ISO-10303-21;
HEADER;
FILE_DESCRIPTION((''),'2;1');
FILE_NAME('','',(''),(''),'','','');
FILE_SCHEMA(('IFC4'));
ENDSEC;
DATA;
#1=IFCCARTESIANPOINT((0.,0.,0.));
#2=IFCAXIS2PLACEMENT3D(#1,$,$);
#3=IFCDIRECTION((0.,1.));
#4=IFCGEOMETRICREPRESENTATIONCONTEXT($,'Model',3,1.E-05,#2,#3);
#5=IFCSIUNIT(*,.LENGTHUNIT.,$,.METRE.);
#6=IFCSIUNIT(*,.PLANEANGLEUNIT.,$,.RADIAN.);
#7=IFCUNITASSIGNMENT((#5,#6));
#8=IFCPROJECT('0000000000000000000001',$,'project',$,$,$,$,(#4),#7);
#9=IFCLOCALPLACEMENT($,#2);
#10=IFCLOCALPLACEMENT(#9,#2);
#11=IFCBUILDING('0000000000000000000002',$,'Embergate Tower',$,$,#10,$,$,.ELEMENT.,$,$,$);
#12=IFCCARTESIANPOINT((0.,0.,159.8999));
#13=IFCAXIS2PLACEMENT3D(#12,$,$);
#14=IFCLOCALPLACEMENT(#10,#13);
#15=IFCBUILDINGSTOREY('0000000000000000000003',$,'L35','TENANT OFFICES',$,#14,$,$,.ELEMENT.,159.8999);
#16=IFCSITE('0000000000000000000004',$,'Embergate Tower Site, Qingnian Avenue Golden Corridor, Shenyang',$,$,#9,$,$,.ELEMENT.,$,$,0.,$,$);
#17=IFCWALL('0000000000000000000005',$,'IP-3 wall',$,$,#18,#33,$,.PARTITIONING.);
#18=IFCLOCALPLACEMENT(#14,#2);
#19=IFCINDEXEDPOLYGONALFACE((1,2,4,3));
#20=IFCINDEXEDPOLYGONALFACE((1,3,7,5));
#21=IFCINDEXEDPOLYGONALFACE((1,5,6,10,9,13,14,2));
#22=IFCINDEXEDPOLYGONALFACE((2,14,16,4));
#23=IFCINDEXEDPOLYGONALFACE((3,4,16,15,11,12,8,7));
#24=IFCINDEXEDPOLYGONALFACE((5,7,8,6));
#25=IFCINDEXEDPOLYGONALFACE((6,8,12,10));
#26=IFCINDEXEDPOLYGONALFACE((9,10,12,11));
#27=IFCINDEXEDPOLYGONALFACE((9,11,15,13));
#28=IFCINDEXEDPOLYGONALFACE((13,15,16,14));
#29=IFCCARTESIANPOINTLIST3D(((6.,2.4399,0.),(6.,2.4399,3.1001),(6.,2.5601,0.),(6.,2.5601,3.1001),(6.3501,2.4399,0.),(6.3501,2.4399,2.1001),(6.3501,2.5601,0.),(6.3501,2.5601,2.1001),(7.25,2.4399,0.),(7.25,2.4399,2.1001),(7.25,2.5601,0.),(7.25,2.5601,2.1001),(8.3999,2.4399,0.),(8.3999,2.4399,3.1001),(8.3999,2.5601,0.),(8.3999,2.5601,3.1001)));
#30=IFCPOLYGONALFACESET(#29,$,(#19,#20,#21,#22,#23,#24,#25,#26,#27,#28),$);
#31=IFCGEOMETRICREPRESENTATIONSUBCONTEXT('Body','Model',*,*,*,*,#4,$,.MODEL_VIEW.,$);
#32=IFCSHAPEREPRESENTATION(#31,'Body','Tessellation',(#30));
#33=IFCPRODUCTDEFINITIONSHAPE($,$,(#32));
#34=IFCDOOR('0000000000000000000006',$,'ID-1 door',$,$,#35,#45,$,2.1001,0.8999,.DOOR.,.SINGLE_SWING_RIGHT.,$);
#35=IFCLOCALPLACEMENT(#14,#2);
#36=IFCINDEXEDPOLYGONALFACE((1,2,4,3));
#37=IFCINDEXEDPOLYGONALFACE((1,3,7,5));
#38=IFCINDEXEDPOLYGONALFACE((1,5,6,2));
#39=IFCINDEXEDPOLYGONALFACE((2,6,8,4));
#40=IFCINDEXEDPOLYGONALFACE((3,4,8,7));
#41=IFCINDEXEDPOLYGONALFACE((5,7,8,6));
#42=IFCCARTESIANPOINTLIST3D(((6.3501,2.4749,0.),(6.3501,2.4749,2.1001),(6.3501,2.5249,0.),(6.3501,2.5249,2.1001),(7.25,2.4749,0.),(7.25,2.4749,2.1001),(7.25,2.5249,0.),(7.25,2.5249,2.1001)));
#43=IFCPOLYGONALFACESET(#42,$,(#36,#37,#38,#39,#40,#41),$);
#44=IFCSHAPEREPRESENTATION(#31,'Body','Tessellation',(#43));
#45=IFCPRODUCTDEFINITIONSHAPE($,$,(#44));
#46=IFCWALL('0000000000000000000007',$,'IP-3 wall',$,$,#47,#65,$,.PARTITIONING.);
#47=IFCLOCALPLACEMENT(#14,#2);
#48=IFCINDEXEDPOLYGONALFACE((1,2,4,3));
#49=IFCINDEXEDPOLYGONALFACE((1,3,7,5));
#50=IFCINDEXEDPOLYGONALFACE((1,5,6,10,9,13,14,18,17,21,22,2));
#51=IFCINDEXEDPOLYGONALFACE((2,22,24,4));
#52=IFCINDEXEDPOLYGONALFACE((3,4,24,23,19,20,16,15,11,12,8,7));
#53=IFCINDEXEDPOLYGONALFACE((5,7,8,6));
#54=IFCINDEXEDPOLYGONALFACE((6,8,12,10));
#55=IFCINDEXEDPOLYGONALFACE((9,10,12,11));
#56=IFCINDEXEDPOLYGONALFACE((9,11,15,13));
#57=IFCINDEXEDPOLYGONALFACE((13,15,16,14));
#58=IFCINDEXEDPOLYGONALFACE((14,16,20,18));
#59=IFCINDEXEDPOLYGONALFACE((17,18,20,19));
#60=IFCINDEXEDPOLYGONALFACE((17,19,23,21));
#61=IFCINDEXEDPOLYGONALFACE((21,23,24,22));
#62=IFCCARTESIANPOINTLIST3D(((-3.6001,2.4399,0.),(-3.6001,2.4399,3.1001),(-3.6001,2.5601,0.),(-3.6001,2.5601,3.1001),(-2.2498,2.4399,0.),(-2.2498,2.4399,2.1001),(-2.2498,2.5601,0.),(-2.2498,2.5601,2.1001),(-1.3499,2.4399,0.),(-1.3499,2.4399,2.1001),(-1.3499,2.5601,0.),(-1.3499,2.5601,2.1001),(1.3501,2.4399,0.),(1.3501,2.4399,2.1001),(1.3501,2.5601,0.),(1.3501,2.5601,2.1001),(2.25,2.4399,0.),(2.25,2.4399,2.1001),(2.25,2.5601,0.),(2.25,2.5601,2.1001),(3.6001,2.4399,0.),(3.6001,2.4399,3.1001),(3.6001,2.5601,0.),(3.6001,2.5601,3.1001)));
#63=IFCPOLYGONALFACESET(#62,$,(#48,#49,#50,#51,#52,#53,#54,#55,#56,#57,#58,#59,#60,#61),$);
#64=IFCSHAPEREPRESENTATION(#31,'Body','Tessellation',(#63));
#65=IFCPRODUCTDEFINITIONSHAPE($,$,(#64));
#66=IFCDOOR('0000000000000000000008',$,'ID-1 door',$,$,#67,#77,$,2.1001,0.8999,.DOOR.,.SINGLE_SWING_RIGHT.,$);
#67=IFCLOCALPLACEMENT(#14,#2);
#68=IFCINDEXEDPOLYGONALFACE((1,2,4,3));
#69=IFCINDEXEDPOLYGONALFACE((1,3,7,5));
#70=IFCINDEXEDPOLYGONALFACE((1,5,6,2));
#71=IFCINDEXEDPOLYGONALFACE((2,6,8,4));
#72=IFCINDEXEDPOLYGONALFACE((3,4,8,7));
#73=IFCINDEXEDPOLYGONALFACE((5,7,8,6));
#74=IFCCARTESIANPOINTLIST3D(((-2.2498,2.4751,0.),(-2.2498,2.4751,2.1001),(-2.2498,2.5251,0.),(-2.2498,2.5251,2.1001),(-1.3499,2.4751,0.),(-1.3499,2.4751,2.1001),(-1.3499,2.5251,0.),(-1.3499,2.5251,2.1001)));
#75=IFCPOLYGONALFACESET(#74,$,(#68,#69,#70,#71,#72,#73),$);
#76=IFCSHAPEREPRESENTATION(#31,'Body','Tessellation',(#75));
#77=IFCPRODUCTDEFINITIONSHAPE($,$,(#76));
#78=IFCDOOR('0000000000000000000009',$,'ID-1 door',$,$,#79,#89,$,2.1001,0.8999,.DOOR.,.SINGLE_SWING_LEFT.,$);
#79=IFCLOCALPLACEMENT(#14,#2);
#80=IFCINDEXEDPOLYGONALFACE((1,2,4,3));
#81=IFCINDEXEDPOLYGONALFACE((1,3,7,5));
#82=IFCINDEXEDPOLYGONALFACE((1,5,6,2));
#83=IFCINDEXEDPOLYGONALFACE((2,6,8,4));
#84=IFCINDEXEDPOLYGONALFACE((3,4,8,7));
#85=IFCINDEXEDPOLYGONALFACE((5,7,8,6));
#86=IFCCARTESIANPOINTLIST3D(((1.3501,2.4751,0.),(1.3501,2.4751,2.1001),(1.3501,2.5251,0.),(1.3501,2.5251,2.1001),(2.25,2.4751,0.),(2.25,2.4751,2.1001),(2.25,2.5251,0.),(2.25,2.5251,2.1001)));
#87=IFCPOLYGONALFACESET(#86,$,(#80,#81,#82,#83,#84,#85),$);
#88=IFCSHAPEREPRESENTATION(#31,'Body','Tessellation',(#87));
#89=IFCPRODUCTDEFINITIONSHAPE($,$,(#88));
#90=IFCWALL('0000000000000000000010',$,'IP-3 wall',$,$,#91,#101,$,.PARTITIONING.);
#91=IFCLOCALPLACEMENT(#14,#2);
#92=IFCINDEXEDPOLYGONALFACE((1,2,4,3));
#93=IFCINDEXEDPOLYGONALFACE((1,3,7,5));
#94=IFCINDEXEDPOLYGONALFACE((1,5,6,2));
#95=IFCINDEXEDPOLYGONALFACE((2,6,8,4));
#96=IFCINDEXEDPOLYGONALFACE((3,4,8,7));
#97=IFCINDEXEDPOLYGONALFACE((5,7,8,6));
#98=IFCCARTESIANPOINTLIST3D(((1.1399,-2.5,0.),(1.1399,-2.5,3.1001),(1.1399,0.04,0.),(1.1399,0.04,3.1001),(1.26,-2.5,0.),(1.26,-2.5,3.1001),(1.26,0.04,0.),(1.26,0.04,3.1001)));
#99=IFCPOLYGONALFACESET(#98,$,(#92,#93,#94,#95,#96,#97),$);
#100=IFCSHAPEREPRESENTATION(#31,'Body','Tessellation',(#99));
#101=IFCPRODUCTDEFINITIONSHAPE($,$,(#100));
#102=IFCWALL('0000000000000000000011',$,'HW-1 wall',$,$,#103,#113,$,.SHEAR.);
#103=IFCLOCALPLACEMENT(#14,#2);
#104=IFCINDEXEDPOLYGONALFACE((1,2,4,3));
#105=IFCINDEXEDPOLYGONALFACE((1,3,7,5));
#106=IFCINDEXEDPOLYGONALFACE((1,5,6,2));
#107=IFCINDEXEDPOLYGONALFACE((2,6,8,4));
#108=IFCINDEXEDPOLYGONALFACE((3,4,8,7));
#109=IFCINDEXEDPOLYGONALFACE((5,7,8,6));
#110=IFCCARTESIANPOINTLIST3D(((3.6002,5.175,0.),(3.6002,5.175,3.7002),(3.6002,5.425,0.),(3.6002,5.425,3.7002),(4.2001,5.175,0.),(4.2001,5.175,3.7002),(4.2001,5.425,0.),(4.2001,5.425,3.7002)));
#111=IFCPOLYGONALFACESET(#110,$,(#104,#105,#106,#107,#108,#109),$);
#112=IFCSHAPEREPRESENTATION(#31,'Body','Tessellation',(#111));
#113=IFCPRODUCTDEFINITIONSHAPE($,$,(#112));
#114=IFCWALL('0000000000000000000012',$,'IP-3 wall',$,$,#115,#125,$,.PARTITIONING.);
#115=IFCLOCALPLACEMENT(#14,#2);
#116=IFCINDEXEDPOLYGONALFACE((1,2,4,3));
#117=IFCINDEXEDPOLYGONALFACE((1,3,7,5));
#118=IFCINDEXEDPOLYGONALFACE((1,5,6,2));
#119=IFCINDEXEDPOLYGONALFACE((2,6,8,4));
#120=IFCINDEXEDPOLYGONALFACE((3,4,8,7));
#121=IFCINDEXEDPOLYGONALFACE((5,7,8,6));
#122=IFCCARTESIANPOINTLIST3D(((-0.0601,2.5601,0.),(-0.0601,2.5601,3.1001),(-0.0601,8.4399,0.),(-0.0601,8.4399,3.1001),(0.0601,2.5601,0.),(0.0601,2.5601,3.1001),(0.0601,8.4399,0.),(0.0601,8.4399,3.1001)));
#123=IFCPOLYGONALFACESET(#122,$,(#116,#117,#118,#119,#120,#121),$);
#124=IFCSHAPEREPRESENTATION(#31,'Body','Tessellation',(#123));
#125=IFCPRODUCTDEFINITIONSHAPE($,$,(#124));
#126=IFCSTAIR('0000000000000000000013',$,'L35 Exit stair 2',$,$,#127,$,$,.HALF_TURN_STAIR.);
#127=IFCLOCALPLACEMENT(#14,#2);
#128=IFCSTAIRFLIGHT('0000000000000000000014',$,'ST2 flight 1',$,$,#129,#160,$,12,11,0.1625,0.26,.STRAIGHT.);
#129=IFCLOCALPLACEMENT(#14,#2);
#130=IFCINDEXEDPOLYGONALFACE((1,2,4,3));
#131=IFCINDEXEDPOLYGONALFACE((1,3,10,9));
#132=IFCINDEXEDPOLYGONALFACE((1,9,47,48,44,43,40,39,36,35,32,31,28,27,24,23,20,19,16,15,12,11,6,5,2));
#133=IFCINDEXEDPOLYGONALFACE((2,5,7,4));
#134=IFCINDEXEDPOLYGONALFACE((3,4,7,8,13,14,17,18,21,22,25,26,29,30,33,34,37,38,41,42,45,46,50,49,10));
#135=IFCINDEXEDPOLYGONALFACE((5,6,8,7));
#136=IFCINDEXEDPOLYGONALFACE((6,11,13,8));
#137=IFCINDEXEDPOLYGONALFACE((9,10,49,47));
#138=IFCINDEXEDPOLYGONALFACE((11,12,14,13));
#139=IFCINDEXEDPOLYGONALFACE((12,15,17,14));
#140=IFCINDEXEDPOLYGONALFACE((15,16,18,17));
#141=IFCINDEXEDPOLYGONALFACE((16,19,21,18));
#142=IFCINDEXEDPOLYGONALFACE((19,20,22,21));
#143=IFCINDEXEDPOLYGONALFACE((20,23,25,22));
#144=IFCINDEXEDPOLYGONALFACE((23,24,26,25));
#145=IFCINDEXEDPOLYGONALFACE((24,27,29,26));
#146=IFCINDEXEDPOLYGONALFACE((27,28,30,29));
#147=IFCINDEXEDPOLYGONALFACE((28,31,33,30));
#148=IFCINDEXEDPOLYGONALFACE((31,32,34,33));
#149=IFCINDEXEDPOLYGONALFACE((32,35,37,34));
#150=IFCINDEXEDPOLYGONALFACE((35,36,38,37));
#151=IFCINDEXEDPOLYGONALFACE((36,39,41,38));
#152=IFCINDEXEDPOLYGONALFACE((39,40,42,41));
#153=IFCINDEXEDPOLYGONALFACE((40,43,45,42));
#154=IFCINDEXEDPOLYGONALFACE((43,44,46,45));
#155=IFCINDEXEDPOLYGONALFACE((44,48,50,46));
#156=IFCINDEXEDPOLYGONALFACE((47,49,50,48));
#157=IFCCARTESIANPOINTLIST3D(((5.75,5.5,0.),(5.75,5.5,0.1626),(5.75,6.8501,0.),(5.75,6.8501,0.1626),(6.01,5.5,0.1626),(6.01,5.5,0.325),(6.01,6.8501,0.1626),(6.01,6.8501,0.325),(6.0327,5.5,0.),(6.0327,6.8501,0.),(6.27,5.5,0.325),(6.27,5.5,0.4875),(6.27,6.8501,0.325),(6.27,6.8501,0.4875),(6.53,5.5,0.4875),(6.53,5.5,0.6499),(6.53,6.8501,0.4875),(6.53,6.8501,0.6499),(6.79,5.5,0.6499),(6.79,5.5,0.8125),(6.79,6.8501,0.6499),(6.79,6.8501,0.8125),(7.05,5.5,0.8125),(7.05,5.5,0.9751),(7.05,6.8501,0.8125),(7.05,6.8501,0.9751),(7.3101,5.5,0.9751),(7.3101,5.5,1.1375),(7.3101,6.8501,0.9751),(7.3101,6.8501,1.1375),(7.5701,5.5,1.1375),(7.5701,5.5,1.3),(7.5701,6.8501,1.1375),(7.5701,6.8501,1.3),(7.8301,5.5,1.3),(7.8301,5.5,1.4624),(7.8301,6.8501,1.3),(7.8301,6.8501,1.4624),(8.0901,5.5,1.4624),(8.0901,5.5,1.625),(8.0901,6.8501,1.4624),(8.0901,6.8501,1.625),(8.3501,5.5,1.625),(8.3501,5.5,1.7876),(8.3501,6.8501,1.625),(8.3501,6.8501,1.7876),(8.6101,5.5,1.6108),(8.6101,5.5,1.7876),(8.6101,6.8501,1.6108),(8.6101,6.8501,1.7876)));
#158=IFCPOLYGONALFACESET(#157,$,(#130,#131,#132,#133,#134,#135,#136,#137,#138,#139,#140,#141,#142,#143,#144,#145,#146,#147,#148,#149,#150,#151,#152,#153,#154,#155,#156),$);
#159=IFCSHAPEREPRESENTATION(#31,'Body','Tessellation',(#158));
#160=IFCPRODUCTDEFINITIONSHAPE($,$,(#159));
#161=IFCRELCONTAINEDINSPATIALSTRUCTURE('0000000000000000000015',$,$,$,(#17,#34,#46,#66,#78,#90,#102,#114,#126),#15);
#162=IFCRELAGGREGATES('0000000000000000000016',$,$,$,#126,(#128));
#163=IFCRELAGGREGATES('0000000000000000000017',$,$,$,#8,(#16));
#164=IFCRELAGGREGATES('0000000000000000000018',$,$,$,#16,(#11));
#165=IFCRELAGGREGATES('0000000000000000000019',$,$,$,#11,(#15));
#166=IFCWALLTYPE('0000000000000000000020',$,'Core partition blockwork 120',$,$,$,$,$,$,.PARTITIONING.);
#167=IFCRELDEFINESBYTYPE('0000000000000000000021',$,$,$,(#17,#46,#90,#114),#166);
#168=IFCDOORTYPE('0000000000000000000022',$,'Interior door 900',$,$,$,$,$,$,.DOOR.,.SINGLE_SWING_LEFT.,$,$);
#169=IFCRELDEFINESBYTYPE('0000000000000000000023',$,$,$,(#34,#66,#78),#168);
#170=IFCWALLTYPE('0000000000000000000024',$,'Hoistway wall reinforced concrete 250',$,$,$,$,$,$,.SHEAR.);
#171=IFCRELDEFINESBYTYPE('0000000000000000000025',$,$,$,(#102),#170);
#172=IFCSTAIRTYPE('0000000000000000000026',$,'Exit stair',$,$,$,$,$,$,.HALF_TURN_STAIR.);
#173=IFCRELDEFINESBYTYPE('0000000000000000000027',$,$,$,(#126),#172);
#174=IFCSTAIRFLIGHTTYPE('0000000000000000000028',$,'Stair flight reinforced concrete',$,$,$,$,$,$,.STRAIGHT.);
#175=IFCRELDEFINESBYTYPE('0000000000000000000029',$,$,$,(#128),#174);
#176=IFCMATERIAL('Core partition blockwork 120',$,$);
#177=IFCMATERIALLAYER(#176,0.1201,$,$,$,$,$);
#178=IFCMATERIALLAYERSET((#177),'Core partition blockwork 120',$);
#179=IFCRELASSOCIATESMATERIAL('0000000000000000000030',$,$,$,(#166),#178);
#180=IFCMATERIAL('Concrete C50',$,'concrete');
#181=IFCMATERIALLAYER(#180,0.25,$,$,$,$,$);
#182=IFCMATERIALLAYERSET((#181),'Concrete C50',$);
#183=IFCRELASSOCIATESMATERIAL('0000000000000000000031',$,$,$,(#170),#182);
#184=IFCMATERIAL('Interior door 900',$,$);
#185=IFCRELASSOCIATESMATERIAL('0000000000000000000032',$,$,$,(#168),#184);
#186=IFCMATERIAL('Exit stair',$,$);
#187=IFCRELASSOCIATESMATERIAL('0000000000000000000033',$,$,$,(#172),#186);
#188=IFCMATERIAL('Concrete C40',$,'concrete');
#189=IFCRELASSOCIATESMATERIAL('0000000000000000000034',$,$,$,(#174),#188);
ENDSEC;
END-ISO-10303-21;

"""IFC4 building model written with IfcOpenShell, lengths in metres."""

from ifc_helpers import new_model, si_unit, direction, frame, frame_2d, origin, place, context, subcontext, project, spatial, polyline, rectangle, outline, extrude, source, transform, mapped, material, layer, layer_set, type_object, element, fill, aggregate, save


model = new_model("IFC4")

# Units and contexts
model_context = context("Model", 3, precision=1e-05, world=origin(), true_north=direction((0.0, 1.0)))
body_context = subcontext(model_context, "Body", "Model", "MODEL_VIEW")
ifc_project = project(units=[si_unit("LENGTHUNIT", "METRE"), si_unit("PLANEANGLEUNIT", "RADIAN")], contexts=[model_context])

# Site, building, storey
site_placement = place(None, origin())
site = spatial("IfcSite", under=ifc_project, at=site_placement, Name="Embergate Tower Site, Qingnian Avenue Golden Corridor, Shenyang", CompositionType="ELEMENT", RefElevation=0.0)
building_placement = place(site_placement, origin())
building = spatial("IfcBuilding", under=site, at=building_placement, Name="Embergate Tower", CompositionType="ELEMENT")
storey_placement = place(building_placement, frame((0.0, 0.0, 159.8999)))
storey = spatial("IfcBuildingStorey", under=building, at=storey_placement, Name="L35", Description="TENANT OFFICES", CompositionType="ELEMENT", Elevation=159.8999)

# Shared definitions
ifc_material_1 = material(Name="Core partition blockwork 120")
ifc_layer_1 = layer(ifc_material_1, 0.1201)
ifc_layer_set_1 = layer_set([ifc_layer_1], Name="Core partition blockwork 120")
wall_type_1 = type_object("IfcWallType", Name="Core partition blockwork 120", PredefinedType="PARTITIONING", material=ifc_layer_set_1)

# Shared definitions
ifc_material_2 = material(Name="Concrete C50", Category="concrete")
ifc_layer_2 = layer(ifc_material_2, 0.25)
ifc_layer_set_2 = layer_set([ifc_layer_2], Name="Concrete C50")
wall_type_2 = type_object("IfcWallType", Name="Hoistway wall reinforced concrete 250", PredefinedType="SHEAR", material=ifc_layer_set_2)

# Wall, opening, door
shared_shape_1 = source(origin(), body_context, "Body", "SweptSolid", [
    extrude(rectangle(XDim=2.3999, YDim=0.1201, at=frame_2d((1.2, 0.0))), origin(), (0.0, 0.0, 1.0), 3.1001),
])
wall_1_placement = place(storey_placement, frame((6.0, 2.5, 0.0), z_axis=(0.0, 0.0, 1.0), x_axis=(1.0, 0.0, 0.0)))
wall_1 = element("IfcWall", 1, at=wall_1_placement, inside=storey, type_object=wall_type_1, Name="IP-3 wall", PredefinedType="PARTITIONING", context=body_context, shape_type="MappedRepresentation", body=[
    mapped(shared_shape_1, transform((0.0, 0.0, 0.0))),
])
shared_shape_2 = source(origin(), body_context, "Body", "SweptSolid", [
    extrude(rectangle(XDim=0.8999, YDim=2.1001, at=frame_2d((0.45, 1.05))), frame((0.0, 0.0701, 0.0), z_axis=(0.0, -1.0, 0.0), x_axis=(1.0, 0.0, 0.0)), (0.0, 0.0, 1.0), 0.1401),
])
opening_1_placement = place(wall_1_placement, frame((0.3501, 0.0, 0.0)))
opening_1 = element("IfcOpeningElement", 2, at=opening_1_placement, cuts=wall_1, PredefinedType="OPENING", context=body_context, shape_type="MappedRepresentation", body=[
    mapped(shared_shape_2, transform((0.0, 0.0, 0.0))),
])
ifc_material_3 = material(Name="Interior door 900")
door_type_1 = type_object("IfcDoorType", Name="Interior door 900", OperationType="SINGLE_SWING_LEFT", PredefinedType="DOOR", material=ifc_material_3)
shared_shape_3 = source(origin(), body_context, "Body", "SweptSolid", [
    extrude(rectangle(XDim=0.8999, YDim=2.1001, at=frame_2d((0.45, 1.05))), frame((0.0, 0.0249, 0.0), z_axis=(0.0, -1.0, 0.0), x_axis=(1.0, 0.0, 0.0)), (0.0, 0.0, 1.0), 0.05),
])
door_1_placement = place(opening_1_placement, origin())
door_1 = element("IfcDoor", 3, at=door_1_placement, inside=storey, type_object=door_type_1, Name="ID-1 door", OperationType="SINGLE_SWING_RIGHT", OverallHeight=2.1001, OverallWidth=0.8999, PredefinedType="DOOR", context=body_context, shape_type="MappedRepresentation", body=[
    mapped(shared_shape_3, transform((0.0, 0.0, 0.0))),
])
fill(opening_1, door_1)

# Wall, openings, doors
shared_shape_4 = source(origin(), body_context, "Body", "SweptSolid", [
    extrude(rectangle(XDim=7.2002, YDim=0.1201, at=frame_2d((3.6001, 0.0))), origin(), (0.0, 0.0, 1.0), 3.1001),
])
wall_2_placement = place(storey_placement, frame((3.6001, 2.5, 0.0), z_axis=(0.0, 0.0, 1.0), x_axis=(-1.0, 0.0, 0.0)))
wall_2 = element("IfcWall", 4, at=wall_2_placement, inside=storey, type_object=wall_type_1, Name="IP-3 wall", PredefinedType="PARTITIONING", context=body_context, shape_type="MappedRepresentation", body=[
    mapped(shared_shape_4, transform((0.0, 0.0, 0.0))),
])
opening_2_placement = place(wall_2_placement, frame((4.95, 0.0, 0.0)))
opening_2 = element("IfcOpeningElement", 5, at=opening_2_placement, cuts=wall_2, PredefinedType="OPENING", context=body_context, shape_type="MappedRepresentation", body=[
    mapped(shared_shape_2, transform((0.0, 0.0, 0.0))),
])
opening_3_placement = place(wall_2_placement, frame((1.3501, 0.0, 0.0)))
opening_3 = element("IfcOpeningElement", 6, at=opening_3_placement, cuts=wall_2, PredefinedType="OPENING", context=body_context, shape_type="MappedRepresentation", body=[
    mapped(shared_shape_2, transform((0.0, 0.0, 0.0))),
])
door_2_placement = place(opening_2_placement, origin())
door_2 = element("IfcDoor", 7, at=door_2_placement, inside=storey, type_object=door_type_1, Name="ID-1 door", OperationType="SINGLE_SWING_RIGHT", OverallHeight=2.1001, OverallWidth=0.8999, PredefinedType="DOOR", context=body_context, shape_type="MappedRepresentation", body=[
    mapped(shared_shape_3, transform((0.0, 0.0, 0.0))),
])
fill(opening_2, door_2)
door_3_placement = place(opening_3_placement, origin())
door_3 = element("IfcDoor", 8, at=door_3_placement, inside=storey, type_object=door_type_1, Name="ID-1 door", OperationType="SINGLE_SWING_LEFT", OverallHeight=2.1001, OverallWidth=0.8999, PredefinedType="DOOR", context=body_context, shape_type="MappedRepresentation", body=[
    mapped(shared_shape_3, transform((0.0, 0.0, 0.0))),
])
fill(opening_3, door_3)

# Walls
shared_shape_5 = source(origin(), body_context, "Body", "SweptSolid", [
    extrude(rectangle(XDim=2.54, YDim=0.1201, at=frame_2d((1.27, 0.0))), origin(), (0.0, 0.0, 1.0), 3.1001),
])
wall_3_placement = place(storey_placement, frame((1.2, 0.04, 0.0), z_axis=(0.0, 0.0, 1.0), x_axis=(0.0, -1.0, 0.0)))
element("IfcWall", 9, at=wall_3_placement, inside=storey, type_object=wall_type_1, Name="IP-3 wall", PredefinedType="PARTITIONING", context=body_context, shape_type="MappedRepresentation", body=[
    mapped(shared_shape_5, transform((0.0, 0.0, 0.0))),
])
shared_shape_6 = source(origin(), body_context, "Body", "SweptSolid", [
    extrude(rectangle(XDim=0.5999, YDim=0.25, at=frame_2d((0.2998, 0.0))), origin(), (0.0, 0.0, 1.0), 3.7002),
])
wall_4_placement = place(storey_placement, frame((4.2, 5.3, 0.0), z_axis=(0.0, 0.0, 1.0), x_axis=(-1.0, 0.0, 0.0)))
element("IfcWall", 10, at=wall_4_placement, inside=storey, type_object=wall_type_2, Name="HW-1 wall", PredefinedType="SHEAR", context=body_context, shape_type="MappedRepresentation", body=[
    mapped(shared_shape_6, transform((0.0, 0.0, 0.0))),
])
shared_shape_7 = source(origin(), body_context, "Body", "SweptSolid", [
    extrude(rectangle(XDim=5.8799, YDim=0.1201, at=frame_2d((2.9399, 0.0))), origin(), (0.0, 0.0, 1.0), 3.1001),
])
wall_5_placement = place(storey_placement, frame((0.0, 2.5601, 0.0), z_axis=(0.0, 0.0, 1.0), x_axis=(0.0, 1.0, 0.0)))
element("IfcWall", 11, at=wall_5_placement, inside=storey, type_object=wall_type_1, Name="IP-3 wall", PredefinedType="PARTITIONING", context=body_context, shape_type="MappedRepresentation", body=[
    mapped(shared_shape_7, transform((0.0, 0.0, 0.0))),
])

# Stair, stair flight
ifc_material_4 = material(Name="Exit stair")
stair_type = type_object("IfcStairType", Name="Exit stair", PredefinedType="HALF_TURN_STAIR", material=ifc_material_4)
stair_placement = place(storey_placement, origin())
stair = element("IfcStair", 12, at=stair_placement, inside=storey, type_object=stair_type, Name="L35 Exit stair 2", PredefinedType="HALF_TURN_STAIR")
ifc_material_5 = material(Name="Concrete C40", Category="concrete")
stair_flight_type = type_object("IfcStairFlightType", Name="Stair flight reinforced concrete", PredefinedType="STRAIGHT", material=ifc_material_5)
shared_shape_8 = source(origin(), body_context, "Body", "SweptSolid", [
    extrude(outline(polyline([(0.0, 0.0), (0.0, 0.1626), (0.26, 0.1626), (0.26, 0.325), (0.52, 0.325), (0.52, 0.4875), (0.78, 0.4875), (0.78, 0.6499), (1.04, 0.6499), (1.04, 0.8125), (1.3, 0.8125), (1.3, 0.9751), (1.5601, 0.9751), (1.5601, 1.1375), (1.8201, 1.1375), (1.8201, 1.3), (2.0801, 1.3), (2.0801, 1.4624), (2.3401, 1.4624), (2.3401, 1.625), (2.6001, 1.625), (2.6001, 1.7876), (2.8601, 1.7876), (2.8601, 1.95), (2.8601, 1.6108), (0.2827, 0.0), (0.0, 0.0)])), frame((0.0, 0.675, 0.0), z_axis=(0.0, -1.0, 0.0), x_axis=(1.0, 0.0, 0.0)), (0.0, 0.0, 1.0), 1.3501),
])
stair_flight_placement = place(storey_placement, frame((5.75, 6.175, 0.0), z_axis=(0.0, 0.0, 1.0), x_axis=(1.0, 0.0, 0.0)))
stair_flight = element("IfcStairFlight", 13, at=stair_flight_placement, type_object=stair_flight_type, Name="ST2 flight 1", NumberOfRisers=12, NumberOfTreads=11, PredefinedType="STRAIGHT", RiserHeight=0.1625, TreadLength=0.26, context=body_context, shape_type="MappedRepresentation", body=[
    mapped(shared_shape_8, transform((0.0, 0.0, 0.0))),
])
aggregate(stair, [stair_flight])

save(model, "model.ifc")
